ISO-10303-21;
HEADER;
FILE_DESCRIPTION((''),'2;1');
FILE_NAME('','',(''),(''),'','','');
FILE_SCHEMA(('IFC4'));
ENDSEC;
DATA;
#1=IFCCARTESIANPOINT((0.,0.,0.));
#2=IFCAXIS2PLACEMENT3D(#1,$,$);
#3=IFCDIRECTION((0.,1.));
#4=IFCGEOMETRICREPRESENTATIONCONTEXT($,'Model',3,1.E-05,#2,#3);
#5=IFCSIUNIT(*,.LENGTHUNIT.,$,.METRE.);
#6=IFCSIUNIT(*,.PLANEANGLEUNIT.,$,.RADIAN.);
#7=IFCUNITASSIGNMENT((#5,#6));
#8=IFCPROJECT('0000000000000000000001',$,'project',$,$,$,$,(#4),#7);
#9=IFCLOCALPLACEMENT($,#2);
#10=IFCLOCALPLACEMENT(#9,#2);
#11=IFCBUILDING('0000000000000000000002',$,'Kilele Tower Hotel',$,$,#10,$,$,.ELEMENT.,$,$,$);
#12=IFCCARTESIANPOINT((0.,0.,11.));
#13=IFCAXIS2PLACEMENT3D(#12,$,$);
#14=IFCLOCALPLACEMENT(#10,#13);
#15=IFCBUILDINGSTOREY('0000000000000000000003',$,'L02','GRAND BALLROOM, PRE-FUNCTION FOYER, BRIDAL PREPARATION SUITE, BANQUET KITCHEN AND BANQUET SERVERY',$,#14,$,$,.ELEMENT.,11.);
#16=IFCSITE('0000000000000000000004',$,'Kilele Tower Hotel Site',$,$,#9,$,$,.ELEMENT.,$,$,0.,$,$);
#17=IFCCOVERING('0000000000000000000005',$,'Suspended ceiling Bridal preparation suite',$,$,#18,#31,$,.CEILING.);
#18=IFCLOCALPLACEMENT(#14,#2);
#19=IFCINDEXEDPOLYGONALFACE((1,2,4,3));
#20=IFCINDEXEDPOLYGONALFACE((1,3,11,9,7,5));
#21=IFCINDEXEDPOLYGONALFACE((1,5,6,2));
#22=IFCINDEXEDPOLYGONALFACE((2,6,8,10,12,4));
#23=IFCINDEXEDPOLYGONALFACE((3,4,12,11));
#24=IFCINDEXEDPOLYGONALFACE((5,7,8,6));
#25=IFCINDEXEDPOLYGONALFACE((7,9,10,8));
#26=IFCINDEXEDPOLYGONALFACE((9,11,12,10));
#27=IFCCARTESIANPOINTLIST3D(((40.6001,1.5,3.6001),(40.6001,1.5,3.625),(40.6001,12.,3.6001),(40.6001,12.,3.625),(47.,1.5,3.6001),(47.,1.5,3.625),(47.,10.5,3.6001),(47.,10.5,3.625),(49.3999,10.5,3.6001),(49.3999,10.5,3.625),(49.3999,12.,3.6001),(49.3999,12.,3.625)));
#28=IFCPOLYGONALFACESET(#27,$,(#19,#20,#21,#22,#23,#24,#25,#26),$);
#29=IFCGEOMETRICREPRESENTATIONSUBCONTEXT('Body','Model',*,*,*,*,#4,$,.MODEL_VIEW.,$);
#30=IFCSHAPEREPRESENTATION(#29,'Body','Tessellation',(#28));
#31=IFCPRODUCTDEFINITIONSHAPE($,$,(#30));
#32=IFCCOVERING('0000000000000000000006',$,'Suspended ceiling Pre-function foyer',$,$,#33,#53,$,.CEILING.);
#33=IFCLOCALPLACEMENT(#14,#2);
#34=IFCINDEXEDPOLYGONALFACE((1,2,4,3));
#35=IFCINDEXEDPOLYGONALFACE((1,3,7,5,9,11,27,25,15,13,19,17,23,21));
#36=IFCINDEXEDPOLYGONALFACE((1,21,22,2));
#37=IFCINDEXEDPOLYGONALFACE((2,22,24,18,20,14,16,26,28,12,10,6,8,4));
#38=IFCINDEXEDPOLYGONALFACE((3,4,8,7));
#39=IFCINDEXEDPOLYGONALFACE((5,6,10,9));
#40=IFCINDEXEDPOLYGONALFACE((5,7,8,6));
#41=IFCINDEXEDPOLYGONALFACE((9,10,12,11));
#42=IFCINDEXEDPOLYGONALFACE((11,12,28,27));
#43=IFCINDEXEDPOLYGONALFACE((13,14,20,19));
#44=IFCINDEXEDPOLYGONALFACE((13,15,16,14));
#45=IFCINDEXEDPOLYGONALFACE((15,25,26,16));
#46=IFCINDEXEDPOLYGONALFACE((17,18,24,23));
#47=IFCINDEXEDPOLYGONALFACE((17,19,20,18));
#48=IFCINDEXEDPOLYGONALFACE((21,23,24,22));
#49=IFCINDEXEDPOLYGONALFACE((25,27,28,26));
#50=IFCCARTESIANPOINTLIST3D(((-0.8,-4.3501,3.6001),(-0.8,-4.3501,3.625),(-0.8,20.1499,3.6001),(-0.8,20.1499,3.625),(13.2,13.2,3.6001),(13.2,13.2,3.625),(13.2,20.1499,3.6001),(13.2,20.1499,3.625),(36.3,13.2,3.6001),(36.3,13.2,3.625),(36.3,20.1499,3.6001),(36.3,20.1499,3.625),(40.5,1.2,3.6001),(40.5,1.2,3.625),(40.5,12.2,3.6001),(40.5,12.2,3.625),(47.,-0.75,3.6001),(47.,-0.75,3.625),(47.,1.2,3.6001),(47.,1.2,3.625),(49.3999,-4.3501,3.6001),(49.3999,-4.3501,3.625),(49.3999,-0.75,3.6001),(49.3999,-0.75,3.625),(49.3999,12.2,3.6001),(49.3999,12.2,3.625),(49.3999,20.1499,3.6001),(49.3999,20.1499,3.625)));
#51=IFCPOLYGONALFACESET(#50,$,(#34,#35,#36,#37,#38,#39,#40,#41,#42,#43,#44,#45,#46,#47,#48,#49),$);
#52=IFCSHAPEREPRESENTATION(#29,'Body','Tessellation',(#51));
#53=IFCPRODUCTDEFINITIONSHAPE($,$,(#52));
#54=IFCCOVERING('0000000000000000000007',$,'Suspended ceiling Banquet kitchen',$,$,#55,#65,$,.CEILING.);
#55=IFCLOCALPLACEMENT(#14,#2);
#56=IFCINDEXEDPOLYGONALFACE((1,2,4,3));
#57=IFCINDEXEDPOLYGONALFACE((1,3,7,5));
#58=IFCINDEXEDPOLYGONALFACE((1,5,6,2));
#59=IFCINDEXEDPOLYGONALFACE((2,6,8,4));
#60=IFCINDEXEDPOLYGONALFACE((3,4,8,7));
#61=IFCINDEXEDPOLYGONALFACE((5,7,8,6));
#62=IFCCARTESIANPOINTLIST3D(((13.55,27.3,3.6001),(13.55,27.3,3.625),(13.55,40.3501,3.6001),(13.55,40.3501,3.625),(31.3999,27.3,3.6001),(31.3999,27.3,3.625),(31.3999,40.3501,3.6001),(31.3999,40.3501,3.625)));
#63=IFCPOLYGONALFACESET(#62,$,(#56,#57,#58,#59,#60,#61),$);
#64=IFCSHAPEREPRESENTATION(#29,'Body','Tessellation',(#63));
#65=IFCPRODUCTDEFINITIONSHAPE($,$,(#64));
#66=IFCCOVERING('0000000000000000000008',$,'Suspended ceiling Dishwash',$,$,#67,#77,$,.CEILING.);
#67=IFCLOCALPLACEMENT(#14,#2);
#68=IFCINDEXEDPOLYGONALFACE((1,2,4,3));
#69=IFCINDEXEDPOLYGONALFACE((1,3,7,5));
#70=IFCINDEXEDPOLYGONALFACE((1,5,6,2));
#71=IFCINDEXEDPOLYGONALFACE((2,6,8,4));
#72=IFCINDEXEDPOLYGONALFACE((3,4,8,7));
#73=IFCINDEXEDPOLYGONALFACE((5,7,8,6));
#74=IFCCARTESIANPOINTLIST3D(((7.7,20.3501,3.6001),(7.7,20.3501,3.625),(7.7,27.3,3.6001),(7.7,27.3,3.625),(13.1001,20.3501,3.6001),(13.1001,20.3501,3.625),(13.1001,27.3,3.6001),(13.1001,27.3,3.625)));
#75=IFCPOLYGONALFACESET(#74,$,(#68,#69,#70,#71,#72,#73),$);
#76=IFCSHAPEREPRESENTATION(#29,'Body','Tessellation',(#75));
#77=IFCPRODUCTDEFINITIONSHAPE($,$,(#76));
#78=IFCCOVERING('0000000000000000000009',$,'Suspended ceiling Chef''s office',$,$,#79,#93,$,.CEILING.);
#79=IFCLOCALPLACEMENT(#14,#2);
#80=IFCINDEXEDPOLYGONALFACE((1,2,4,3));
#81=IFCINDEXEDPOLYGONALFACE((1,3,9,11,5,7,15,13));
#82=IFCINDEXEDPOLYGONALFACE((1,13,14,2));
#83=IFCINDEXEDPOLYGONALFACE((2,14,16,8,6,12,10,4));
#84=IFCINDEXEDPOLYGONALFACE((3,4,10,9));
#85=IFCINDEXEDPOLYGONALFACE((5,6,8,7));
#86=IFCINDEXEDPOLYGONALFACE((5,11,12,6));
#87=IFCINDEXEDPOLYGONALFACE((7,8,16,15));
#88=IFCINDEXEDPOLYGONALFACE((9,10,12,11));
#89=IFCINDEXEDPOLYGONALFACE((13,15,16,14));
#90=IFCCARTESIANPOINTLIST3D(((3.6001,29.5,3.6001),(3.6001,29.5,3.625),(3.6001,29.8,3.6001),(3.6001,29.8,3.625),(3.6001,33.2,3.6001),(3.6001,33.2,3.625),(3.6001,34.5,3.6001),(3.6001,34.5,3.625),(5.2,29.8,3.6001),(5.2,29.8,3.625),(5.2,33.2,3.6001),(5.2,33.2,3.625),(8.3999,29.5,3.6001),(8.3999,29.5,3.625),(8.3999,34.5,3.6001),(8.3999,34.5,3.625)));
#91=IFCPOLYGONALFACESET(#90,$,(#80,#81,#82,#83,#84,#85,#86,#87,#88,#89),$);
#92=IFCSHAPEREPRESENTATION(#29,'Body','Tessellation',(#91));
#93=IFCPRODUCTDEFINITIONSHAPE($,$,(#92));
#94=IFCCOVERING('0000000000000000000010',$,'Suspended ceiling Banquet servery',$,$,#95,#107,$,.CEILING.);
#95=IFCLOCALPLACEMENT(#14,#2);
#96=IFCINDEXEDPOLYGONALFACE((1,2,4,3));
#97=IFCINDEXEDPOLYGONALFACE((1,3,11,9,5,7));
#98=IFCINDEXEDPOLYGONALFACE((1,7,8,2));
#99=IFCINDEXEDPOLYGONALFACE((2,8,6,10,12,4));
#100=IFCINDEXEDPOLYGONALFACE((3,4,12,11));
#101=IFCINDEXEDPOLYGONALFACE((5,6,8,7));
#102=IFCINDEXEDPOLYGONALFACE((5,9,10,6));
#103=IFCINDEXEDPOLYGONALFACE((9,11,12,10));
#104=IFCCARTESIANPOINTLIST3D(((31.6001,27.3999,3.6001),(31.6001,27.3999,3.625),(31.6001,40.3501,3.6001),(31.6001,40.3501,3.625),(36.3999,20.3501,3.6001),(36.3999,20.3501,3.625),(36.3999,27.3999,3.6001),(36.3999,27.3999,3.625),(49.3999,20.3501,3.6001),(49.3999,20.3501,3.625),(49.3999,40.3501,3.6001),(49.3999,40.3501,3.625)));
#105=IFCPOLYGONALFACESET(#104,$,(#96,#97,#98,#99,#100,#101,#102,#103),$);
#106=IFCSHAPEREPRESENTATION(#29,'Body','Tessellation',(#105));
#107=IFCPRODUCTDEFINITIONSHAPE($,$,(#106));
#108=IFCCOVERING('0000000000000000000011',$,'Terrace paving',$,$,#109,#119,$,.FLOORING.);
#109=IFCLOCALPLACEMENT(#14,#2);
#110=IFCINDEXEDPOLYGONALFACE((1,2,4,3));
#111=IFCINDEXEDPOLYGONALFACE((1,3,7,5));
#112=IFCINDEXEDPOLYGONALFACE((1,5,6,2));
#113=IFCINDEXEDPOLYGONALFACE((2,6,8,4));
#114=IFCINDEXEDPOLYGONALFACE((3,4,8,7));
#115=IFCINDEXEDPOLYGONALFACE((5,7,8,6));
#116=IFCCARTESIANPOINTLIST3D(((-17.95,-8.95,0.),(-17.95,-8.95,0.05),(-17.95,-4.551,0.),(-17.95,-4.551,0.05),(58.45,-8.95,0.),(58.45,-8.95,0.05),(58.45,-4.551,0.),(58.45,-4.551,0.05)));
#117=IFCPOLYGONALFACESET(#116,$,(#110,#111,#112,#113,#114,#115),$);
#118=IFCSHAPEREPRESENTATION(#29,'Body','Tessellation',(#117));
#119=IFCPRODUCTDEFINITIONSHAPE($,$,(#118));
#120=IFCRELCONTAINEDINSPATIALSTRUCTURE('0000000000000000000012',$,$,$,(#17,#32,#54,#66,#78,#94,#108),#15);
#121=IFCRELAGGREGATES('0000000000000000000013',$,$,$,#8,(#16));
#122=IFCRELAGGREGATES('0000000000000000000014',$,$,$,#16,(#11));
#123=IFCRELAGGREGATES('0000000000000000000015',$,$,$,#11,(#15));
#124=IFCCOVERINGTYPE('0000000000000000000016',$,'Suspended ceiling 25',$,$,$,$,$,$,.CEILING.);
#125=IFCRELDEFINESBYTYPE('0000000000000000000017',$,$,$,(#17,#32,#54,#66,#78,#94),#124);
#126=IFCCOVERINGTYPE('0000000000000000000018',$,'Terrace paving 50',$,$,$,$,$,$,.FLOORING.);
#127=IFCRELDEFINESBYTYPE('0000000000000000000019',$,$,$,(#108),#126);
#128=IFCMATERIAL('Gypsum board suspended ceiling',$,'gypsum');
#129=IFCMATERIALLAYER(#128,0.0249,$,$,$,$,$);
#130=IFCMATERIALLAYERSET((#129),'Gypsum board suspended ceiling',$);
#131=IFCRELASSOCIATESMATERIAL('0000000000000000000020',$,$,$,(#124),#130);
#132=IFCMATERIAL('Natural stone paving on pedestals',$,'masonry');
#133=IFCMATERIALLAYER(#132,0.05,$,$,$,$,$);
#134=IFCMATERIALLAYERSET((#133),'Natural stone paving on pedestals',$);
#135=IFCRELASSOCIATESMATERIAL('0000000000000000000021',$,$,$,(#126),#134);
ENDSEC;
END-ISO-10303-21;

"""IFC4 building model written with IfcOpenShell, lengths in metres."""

from ifc_helpers import new_model, si_unit, direction, frame, origin, place, context, subcontext, project, spatial, polyline, outline, extrude, material, layer, layer_set, type_object, element, save


model = new_model("IFC4")

# Units and contexts
model_context = context("Model", 3, precision=1e-05, world=origin(), true_north=direction((0.0, 1.0)))
body_context = subcontext(model_context, "Body", "Model", "MODEL_VIEW")
ifc_project = project(units=[si_unit("LENGTHUNIT", "METRE"), si_unit("PLANEANGLEUNIT", "RADIAN")], contexts=[model_context])

# Site, building, storey
site_placement = place(None, origin())
site = spatial("IfcSite", under=ifc_project, at=site_placement, Name="Kilele Tower Hotel Site", CompositionType="ELEMENT", RefElevation=0.0)
building_placement = place(site_placement, origin())
building = spatial("IfcBuilding", under=site, at=building_placement, Name="Kilele Tower Hotel", CompositionType="ELEMENT")
storey_placement = place(building_placement, frame((0.0, 0.0, 11.0)))
storey = spatial("IfcBuildingStorey", under=building, at=storey_placement, Name="L02", Description="GRAND BALLROOM, PRE-FUNCTION FOYER, BRIDAL PREPARATION SUITE, BANQUET KITCHEN AND BANQUET SERVERY", CompositionType="ELEMENT", Elevation=11.0)

# Coverings
ifc_material_1 = material(Name="Gypsum board suspended ceiling", Category="gypsum")
ifc_layer_1 = layer(ifc_material_1, 0.0249)
ifc_layer_set_1 = layer_set([ifc_layer_1], Name="Gypsum board suspended ceiling")
covering_type_1 = type_object("IfcCoveringType", Name="Suspended ceiling 25", PredefinedType="CEILING", material=ifc_layer_set_1)
covering_1_placement = place(storey_placement, frame((0.0, 0.0, 3.6001)))
element("IfcCovering", 1, at=covering_1_placement, inside=storey, type_object=covering_type_1, Name="Suspended ceiling Bridal preparation suite", PredefinedType="CEILING", context=body_context, shape_type="SweptSolid", body=[
    extrude(outline(polyline([(40.6001, 1.5), (40.6001, 12.0), (49.3999, 12.0), (49.3999, 10.5), (47.0, 10.5), (47.0, 1.5), (40.6001, 1.5)])), origin(), (0.0, 0.0, 1.0), 0.0249),
])
covering_2_placement = place(storey_placement, frame((0.0, 0.0, 3.6001)))
element("IfcCovering", 2, at=covering_2_placement, inside=storey, type_object=covering_type_1, Name="Suspended ceiling Pre-function foyer", PredefinedType="CEILING", context=body_context, shape_type="SweptSolid", body=[
    extrude(outline(polyline([(47.0, -0.75), (49.3999, -0.75), (49.3999, -4.3501), (-0.8, -4.3501), (-0.8, 20.1499), (13.2, 20.1499), (13.2, 13.2), (36.3, 13.2), (36.3, 20.1499), (49.3999, 20.1499), (49.3999, 12.2), (40.5, 12.2), (40.5, 1.2), (47.0, 1.2), (47.0, -0.75)])), origin(), (0.0, 0.0, 1.0), 0.0249),
])
covering_3_placement = place(storey_placement, frame((0.0, 0.0, 3.6001)))
element("IfcCovering", 3, at=covering_3_placement, inside=storey, type_object=covering_type_1, Name="Suspended ceiling Banquet kitchen", PredefinedType="CEILING", context=body_context, shape_type="SweptSolid", body=[
    extrude(outline(polyline([(31.3999, 40.3501), (31.3999, 27.3), (13.55, 27.3), (13.55, 40.3501), (31.3999, 40.3501)])), origin(), (0.0, 0.0, 1.0), 0.0249),
])
covering_4_placement = place(storey_placement, frame((0.0, 0.0, 3.6001)))
element("IfcCovering", 4, at=covering_4_placement, inside=storey, type_object=covering_type_1, Name="Suspended ceiling Dishwash", PredefinedType="CEILING", context=body_context, shape_type="SweptSolid", body=[
    extrude(outline(polyline([(13.1001, 20.3501), (7.7, 20.3501), (7.7, 27.3), (13.1001, 27.3), (13.1001, 20.3501)])), origin(), (0.0, 0.0, 1.0), 0.0249),
])
covering_5_placement = place(storey_placement, frame((0.0, 0.0, 3.6001)))
element("IfcCovering", 5, at=covering_5_placement, inside=storey, type_object=covering_type_1, Name="Suspended ceiling Chef's office", PredefinedType="CEILING", context=body_context, shape_type="SweptSolid", body=[
    extrude(outline(polyline([(3.6001, 34.5), (8.3999, 34.5), (8.3999, 29.5), (3.6001, 29.5), (3.6001, 29.8), (5.2, 29.8), (5.2, 33.2), (3.6001, 33.2), (3.6001, 34.5)])), origin(), (0.0, 0.0, 1.0), 0.0249),
])
covering_6_placement = place(storey_placement, frame((0.0, 0.0, 3.6001)))
element("IfcCovering", 6, at=covering_6_placement, inside=storey, type_object=covering_type_1, Name="Suspended ceiling Banquet servery", PredefinedType="CEILING", context=body_context, shape_type="SweptSolid", body=[
    extrude(outline(polyline([(31.6001, 40.3501), (49.3999, 40.3501), (49.3999, 20.3501), (36.3999, 20.3501), (36.3999, 27.3999), (31.6001, 27.3999), (31.6001, 40.3501)])), origin(), (0.0, 0.0, 1.0), 0.0249),
])
ifc_material_2 = material(Name="Natural stone paving on pedestals", Category="masonry")
ifc_layer_2 = layer(ifc_material_2, 0.05)
ifc_layer_set_2 = layer_set([ifc_layer_2], Name="Natural stone paving on pedestals")
covering_type_2 = type_object("IfcCoveringType", Name="Terrace paving 50", PredefinedType="FLOORING", material=ifc_layer_set_2)
covering_7_placement = place(storey_placement, origin())
element("IfcCovering", 7, at=covering_7_placement, inside=storey, type_object=covering_type_2, Name="Terrace paving", PredefinedType="FLOORING", context=body_context, shape_type="SweptSolid", body=[
    extrude(outline(polyline([(58.45, -8.95), (-17.95, -8.95), (-17.95, -4.551), (58.45, -4.551), (58.45, -8.95)])), origin(), (0.0, 0.0, 1.0), 0.05),
])

save(model, "model.ifc")
